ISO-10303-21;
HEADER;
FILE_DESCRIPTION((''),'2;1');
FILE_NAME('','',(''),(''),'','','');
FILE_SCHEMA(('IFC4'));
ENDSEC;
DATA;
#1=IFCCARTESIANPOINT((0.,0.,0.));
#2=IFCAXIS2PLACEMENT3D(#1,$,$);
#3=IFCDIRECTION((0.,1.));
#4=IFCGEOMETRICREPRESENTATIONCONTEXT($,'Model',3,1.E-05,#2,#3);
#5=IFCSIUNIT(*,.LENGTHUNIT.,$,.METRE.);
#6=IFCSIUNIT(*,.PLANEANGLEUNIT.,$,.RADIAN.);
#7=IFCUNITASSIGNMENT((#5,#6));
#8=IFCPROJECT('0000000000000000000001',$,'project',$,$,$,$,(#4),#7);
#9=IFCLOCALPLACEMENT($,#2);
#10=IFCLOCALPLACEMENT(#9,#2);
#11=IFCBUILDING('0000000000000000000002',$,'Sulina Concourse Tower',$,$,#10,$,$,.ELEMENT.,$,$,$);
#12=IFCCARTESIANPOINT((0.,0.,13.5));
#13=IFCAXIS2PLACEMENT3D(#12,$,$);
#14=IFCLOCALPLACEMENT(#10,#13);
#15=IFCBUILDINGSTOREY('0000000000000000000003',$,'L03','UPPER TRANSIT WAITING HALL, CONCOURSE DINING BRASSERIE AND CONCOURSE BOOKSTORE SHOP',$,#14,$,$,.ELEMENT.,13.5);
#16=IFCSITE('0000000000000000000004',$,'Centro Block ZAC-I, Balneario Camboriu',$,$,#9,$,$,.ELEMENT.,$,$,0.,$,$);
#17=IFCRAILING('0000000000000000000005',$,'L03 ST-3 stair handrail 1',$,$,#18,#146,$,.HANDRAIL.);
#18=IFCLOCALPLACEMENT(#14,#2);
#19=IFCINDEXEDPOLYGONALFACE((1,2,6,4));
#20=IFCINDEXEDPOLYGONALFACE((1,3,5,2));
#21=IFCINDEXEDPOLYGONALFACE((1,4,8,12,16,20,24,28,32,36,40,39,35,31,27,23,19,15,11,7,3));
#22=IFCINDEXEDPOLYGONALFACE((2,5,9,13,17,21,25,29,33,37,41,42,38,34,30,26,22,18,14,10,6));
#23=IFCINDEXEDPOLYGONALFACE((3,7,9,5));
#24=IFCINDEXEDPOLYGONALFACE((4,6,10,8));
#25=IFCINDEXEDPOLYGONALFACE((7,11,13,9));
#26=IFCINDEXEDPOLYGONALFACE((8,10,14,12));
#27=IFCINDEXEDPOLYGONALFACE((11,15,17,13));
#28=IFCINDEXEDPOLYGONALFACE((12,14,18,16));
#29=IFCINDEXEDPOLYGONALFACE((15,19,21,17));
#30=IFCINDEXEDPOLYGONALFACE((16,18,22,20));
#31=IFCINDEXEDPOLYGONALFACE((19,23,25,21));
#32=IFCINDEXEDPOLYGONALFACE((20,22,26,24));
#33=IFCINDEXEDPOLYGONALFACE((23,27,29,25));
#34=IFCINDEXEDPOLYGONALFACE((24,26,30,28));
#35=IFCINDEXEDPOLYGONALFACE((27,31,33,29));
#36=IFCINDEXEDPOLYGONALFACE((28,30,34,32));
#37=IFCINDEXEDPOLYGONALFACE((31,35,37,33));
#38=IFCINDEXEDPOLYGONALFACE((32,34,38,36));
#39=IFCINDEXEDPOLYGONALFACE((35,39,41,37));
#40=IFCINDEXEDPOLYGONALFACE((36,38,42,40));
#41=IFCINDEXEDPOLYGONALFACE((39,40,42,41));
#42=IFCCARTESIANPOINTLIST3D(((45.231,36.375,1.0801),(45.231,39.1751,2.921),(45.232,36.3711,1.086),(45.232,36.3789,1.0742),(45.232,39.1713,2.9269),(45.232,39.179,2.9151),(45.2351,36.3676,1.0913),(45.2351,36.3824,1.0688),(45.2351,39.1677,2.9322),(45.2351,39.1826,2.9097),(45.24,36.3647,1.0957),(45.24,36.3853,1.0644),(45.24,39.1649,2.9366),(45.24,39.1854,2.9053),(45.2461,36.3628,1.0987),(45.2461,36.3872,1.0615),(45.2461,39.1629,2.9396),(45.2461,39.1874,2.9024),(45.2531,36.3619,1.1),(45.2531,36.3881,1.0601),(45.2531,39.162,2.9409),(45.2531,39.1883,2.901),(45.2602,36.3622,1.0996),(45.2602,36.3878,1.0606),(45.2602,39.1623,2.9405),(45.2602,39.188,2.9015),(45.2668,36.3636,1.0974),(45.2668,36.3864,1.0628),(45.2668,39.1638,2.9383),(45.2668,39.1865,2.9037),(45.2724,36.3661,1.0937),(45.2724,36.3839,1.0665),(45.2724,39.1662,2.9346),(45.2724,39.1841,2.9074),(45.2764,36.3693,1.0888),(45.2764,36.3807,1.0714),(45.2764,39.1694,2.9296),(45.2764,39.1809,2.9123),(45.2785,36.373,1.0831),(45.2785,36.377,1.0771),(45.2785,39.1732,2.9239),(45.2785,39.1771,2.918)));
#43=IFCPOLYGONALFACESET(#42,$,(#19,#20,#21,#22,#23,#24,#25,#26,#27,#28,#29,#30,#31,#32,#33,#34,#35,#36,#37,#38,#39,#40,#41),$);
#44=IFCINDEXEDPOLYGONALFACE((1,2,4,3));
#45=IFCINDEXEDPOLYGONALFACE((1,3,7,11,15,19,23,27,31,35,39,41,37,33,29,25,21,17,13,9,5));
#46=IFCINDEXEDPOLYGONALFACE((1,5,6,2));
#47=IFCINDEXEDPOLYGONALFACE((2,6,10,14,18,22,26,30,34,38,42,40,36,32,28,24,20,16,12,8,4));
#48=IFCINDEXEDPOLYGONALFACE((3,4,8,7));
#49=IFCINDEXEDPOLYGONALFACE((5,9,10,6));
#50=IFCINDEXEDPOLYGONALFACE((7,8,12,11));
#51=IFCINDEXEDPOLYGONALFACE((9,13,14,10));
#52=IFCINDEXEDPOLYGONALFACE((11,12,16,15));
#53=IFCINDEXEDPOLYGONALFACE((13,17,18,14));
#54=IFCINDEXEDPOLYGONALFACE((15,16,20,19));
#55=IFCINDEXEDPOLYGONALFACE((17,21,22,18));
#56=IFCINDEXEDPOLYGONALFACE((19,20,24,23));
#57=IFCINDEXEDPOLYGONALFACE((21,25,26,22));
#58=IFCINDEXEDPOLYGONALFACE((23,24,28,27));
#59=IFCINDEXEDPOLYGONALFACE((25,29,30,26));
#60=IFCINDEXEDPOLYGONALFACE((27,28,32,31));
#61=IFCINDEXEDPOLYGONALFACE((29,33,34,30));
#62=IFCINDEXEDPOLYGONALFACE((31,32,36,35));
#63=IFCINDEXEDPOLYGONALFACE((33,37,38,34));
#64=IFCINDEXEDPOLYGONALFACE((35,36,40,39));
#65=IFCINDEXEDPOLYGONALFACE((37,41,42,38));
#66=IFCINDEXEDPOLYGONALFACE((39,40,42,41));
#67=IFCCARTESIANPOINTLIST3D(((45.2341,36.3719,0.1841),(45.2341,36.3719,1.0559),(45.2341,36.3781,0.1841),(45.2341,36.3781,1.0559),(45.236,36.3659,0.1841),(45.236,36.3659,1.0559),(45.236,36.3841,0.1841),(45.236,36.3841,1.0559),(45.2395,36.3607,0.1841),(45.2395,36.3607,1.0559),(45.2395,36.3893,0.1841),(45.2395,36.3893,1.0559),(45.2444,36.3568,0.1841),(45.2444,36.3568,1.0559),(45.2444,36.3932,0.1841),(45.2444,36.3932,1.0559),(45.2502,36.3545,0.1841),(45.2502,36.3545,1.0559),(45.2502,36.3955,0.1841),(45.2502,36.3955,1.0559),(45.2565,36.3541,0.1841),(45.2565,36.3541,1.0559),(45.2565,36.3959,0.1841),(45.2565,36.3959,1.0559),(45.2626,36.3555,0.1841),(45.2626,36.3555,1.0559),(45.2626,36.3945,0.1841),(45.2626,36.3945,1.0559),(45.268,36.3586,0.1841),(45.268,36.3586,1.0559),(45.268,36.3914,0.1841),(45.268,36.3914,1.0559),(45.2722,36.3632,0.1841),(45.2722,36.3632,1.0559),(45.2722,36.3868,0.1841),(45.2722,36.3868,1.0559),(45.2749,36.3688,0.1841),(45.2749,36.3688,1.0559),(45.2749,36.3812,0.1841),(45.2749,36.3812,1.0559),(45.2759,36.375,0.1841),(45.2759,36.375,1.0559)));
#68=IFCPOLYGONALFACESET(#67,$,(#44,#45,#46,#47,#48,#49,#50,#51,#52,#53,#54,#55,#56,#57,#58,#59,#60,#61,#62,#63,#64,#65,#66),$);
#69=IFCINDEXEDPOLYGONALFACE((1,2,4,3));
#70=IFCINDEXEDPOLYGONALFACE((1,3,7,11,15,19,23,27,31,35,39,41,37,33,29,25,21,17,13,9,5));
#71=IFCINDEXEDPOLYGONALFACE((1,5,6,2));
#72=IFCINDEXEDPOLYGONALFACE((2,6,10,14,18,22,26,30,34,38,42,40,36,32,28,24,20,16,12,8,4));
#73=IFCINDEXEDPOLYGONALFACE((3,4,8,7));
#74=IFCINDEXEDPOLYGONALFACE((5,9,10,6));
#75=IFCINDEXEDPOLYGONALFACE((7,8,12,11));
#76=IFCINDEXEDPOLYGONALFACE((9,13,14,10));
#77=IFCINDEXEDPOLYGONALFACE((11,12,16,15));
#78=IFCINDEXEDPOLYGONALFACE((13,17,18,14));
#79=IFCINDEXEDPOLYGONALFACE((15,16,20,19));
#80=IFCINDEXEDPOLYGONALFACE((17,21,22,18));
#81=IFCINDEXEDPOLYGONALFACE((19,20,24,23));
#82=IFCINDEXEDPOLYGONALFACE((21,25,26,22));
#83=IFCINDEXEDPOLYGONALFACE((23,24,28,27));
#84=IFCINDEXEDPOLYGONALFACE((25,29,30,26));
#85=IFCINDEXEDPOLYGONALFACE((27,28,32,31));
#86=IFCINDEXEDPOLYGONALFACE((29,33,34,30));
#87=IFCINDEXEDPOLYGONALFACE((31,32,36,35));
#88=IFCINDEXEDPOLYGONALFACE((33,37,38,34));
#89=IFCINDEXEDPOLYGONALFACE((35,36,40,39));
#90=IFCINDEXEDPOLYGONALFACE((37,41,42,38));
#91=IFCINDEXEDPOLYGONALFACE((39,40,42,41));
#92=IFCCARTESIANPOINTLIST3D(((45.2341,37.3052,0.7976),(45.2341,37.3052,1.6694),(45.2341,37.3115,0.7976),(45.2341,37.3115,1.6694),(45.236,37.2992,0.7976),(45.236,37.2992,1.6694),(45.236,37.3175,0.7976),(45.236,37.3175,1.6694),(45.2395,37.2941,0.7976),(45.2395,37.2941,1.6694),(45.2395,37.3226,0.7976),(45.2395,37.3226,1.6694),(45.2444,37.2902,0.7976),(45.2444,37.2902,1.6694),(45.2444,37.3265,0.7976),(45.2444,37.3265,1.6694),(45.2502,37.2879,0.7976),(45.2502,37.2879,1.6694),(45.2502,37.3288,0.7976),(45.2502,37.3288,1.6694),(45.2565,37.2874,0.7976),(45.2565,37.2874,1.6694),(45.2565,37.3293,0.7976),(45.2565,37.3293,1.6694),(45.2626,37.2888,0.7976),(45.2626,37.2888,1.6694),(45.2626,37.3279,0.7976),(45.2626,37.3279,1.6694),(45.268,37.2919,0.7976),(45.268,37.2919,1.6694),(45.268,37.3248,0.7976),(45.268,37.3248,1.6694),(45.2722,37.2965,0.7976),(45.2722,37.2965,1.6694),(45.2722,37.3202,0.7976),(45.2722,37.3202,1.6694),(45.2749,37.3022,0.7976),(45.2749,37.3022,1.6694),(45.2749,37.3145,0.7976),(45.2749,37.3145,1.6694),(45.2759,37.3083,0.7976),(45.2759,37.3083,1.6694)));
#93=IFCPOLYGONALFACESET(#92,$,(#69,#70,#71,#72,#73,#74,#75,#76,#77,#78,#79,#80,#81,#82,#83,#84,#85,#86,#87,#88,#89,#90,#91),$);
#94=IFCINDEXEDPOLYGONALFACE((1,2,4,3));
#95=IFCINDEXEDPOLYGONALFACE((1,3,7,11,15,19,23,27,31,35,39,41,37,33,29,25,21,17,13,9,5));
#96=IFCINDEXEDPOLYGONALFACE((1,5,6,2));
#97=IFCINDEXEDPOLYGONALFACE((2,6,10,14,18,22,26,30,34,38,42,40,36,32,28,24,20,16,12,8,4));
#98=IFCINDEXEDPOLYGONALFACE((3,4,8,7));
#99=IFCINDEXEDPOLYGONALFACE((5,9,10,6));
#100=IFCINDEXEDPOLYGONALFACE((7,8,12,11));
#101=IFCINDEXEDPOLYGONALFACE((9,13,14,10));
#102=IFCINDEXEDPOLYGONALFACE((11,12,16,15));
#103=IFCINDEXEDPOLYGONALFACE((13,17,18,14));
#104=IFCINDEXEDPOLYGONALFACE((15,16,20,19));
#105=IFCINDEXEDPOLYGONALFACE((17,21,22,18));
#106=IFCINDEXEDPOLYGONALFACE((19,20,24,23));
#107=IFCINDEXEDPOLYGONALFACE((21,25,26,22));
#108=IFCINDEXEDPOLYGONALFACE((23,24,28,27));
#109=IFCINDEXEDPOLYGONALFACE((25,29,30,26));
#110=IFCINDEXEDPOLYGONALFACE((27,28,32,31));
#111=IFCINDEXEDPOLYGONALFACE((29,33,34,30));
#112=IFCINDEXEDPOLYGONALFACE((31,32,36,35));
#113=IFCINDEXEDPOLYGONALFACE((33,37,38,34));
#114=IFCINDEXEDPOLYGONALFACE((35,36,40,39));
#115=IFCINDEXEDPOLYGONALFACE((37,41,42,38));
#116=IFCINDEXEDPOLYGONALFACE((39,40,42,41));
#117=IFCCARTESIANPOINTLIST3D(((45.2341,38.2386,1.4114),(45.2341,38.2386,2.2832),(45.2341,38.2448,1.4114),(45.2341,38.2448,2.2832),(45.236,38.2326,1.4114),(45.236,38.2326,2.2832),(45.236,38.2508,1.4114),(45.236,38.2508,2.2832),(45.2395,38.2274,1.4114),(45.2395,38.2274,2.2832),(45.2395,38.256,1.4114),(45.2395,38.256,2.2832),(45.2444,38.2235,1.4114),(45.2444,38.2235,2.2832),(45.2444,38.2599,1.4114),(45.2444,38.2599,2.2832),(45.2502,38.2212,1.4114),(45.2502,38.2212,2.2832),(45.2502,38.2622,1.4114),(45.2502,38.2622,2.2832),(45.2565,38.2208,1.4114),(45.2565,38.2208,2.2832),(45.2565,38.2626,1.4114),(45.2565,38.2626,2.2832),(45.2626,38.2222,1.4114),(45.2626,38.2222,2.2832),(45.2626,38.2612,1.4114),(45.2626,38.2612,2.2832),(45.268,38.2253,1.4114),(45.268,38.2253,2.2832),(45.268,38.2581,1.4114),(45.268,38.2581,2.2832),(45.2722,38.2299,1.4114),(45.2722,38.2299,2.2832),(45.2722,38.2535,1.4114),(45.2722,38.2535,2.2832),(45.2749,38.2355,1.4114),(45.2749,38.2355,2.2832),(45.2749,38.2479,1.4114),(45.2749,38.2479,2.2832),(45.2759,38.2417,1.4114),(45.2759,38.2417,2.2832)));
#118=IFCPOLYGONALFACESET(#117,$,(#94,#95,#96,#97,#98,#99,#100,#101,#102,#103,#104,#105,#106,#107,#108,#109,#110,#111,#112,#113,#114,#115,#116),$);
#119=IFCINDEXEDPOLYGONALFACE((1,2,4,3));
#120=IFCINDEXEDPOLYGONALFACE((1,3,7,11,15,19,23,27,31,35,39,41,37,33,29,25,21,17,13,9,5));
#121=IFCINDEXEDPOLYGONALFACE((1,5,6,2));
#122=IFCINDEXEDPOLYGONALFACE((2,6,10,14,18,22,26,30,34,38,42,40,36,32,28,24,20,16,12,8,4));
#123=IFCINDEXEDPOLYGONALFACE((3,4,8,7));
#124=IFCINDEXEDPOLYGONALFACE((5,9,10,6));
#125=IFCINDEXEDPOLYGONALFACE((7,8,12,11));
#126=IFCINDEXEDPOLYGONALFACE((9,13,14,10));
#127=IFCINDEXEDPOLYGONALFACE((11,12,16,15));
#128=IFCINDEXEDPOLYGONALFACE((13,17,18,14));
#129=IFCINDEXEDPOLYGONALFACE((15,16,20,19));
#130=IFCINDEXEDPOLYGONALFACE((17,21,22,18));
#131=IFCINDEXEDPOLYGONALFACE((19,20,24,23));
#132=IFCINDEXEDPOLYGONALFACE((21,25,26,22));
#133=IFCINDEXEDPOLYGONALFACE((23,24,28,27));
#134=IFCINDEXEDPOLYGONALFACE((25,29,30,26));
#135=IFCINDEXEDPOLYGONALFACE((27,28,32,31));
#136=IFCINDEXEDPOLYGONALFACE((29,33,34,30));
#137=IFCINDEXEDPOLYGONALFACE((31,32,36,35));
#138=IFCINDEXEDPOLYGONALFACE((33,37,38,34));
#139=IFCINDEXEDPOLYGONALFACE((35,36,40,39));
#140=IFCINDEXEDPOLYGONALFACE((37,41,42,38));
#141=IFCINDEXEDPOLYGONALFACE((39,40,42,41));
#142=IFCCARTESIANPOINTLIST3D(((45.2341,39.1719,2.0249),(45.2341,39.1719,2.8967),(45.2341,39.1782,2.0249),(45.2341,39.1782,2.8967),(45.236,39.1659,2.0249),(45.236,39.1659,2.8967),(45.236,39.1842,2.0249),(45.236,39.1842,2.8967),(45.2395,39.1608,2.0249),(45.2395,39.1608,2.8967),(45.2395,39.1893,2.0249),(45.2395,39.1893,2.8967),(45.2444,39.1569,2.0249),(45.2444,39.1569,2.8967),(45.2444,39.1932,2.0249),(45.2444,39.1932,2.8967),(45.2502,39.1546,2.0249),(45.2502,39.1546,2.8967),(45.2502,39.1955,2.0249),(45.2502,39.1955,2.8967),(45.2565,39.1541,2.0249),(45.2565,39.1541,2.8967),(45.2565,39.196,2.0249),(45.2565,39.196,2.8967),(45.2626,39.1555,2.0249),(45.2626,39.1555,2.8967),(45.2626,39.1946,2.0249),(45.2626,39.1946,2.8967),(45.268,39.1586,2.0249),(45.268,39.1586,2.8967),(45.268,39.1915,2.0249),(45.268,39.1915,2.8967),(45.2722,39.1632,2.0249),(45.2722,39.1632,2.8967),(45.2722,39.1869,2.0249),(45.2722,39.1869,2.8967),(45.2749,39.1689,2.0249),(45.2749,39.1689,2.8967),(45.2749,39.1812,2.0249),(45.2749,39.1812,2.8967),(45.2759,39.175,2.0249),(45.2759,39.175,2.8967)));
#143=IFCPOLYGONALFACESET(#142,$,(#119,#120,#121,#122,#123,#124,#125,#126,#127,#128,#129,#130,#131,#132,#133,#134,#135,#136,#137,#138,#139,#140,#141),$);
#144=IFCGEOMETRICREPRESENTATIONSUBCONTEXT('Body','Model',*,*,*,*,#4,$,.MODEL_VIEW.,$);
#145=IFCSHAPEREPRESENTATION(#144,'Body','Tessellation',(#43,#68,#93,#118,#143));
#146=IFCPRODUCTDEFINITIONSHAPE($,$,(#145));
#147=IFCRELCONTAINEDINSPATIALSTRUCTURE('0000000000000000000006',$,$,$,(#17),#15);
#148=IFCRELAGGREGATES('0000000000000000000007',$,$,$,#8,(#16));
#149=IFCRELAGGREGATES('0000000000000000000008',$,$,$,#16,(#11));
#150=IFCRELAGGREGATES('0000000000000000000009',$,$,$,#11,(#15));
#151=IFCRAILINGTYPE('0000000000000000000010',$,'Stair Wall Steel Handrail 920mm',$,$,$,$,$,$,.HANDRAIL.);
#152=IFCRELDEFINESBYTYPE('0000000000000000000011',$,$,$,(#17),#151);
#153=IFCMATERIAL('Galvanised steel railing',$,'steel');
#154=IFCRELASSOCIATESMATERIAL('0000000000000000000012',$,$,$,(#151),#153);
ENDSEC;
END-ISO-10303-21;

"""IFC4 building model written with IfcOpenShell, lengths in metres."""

from ifc_helpers import new_model, si_unit, direction, frame, origin, origin_2d, place, context, subcontext, project, spatial, circle, extrude, material, type_object, element, save


model = new_model("IFC4")

# Units and contexts
model_context = context("Model", 3, precision=1e-05, world=origin(), true_north=direction((0.0, 1.0)))
body_context = subcontext(model_context, "Body", "Model", "MODEL_VIEW")
ifc_project = project(units=[si_unit("LENGTHUNIT", "METRE"), si_unit("PLANEANGLEUNIT", "RADIAN")], contexts=[model_context])

# Site, building, storey
site_placement = place(None, origin())
site = spatial("IfcSite", under=ifc_project, at=site_placement, Name="Centro Block ZAC-I, Balneario Camboriu", CompositionType="ELEMENT", RefElevation=0.0)
building_placement = place(site_placement, origin())
building = spatial("IfcBuilding", under=site, at=building_placement, Name="Sulina Concourse Tower", CompositionType="ELEMENT")
storey_placement = place(building_placement, frame((0.0, 0.0, 13.5)))
storey = spatial("IfcBuildingStorey", under=building, at=storey_placement, Name="L03", Description="UPPER TRANSIT WAITING HALL, CONCOURSE DINING BRASSERIE AND CONCOURSE BOOKSTORE SHOP", CompositionType="ELEMENT", Elevation=13.5)

# Railing
ifc_material_1 = material(Name="Galvanised steel railing", Category="steel")
railing_type_1 = type_object("IfcRailingType", Name="Stair Wall Steel Handrail 920mm", PredefinedType="HANDRAIL", material=ifc_material_1)
for number, where, name in (
    (1, (45.2549, 36.375, 0.1841), "L03 ST-3 stair handrail 1"),
):
    element("IfcRailing", number, at=place(storey_placement, frame(where)), inside=storey, type_object=railing_type_1, Name=name, PredefinedType="HANDRAIL", context=body_context, shape_type="SweptSolid", body=[
        extrude(circle(Radius=0.0239, at=origin_2d()), frame((0.0, 0.0, 0.896), z_axis=(0.0, 0.835598, 0.549342), x_axis=(-1.0, 0.0, 0.0)), (0.0, 0.0, 1.0), 3.3511),
        extrude(circle(Radius=0.021, at=origin_2d()), origin(), (0.0, 0.0, 1.0), 0.8718),
        extrude(circle(Radius=0.021, at=origin_2d()), frame((0.0, 0.9333, 0.6135)), (0.0, 0.0, 1.0), 0.8718),
        extrude(circle(Radius=0.021, at=origin_2d()), frame((0.0, 1.8667, 1.2273)), (0.0, 0.0, 1.0), 0.8718),
        extrude(circle(Radius=0.021, at=origin_2d()), frame((0.0, 2.8, 1.8408)), (0.0, 0.0, 1.0), 0.8718),
    ])

save(model, "model.ifc")
